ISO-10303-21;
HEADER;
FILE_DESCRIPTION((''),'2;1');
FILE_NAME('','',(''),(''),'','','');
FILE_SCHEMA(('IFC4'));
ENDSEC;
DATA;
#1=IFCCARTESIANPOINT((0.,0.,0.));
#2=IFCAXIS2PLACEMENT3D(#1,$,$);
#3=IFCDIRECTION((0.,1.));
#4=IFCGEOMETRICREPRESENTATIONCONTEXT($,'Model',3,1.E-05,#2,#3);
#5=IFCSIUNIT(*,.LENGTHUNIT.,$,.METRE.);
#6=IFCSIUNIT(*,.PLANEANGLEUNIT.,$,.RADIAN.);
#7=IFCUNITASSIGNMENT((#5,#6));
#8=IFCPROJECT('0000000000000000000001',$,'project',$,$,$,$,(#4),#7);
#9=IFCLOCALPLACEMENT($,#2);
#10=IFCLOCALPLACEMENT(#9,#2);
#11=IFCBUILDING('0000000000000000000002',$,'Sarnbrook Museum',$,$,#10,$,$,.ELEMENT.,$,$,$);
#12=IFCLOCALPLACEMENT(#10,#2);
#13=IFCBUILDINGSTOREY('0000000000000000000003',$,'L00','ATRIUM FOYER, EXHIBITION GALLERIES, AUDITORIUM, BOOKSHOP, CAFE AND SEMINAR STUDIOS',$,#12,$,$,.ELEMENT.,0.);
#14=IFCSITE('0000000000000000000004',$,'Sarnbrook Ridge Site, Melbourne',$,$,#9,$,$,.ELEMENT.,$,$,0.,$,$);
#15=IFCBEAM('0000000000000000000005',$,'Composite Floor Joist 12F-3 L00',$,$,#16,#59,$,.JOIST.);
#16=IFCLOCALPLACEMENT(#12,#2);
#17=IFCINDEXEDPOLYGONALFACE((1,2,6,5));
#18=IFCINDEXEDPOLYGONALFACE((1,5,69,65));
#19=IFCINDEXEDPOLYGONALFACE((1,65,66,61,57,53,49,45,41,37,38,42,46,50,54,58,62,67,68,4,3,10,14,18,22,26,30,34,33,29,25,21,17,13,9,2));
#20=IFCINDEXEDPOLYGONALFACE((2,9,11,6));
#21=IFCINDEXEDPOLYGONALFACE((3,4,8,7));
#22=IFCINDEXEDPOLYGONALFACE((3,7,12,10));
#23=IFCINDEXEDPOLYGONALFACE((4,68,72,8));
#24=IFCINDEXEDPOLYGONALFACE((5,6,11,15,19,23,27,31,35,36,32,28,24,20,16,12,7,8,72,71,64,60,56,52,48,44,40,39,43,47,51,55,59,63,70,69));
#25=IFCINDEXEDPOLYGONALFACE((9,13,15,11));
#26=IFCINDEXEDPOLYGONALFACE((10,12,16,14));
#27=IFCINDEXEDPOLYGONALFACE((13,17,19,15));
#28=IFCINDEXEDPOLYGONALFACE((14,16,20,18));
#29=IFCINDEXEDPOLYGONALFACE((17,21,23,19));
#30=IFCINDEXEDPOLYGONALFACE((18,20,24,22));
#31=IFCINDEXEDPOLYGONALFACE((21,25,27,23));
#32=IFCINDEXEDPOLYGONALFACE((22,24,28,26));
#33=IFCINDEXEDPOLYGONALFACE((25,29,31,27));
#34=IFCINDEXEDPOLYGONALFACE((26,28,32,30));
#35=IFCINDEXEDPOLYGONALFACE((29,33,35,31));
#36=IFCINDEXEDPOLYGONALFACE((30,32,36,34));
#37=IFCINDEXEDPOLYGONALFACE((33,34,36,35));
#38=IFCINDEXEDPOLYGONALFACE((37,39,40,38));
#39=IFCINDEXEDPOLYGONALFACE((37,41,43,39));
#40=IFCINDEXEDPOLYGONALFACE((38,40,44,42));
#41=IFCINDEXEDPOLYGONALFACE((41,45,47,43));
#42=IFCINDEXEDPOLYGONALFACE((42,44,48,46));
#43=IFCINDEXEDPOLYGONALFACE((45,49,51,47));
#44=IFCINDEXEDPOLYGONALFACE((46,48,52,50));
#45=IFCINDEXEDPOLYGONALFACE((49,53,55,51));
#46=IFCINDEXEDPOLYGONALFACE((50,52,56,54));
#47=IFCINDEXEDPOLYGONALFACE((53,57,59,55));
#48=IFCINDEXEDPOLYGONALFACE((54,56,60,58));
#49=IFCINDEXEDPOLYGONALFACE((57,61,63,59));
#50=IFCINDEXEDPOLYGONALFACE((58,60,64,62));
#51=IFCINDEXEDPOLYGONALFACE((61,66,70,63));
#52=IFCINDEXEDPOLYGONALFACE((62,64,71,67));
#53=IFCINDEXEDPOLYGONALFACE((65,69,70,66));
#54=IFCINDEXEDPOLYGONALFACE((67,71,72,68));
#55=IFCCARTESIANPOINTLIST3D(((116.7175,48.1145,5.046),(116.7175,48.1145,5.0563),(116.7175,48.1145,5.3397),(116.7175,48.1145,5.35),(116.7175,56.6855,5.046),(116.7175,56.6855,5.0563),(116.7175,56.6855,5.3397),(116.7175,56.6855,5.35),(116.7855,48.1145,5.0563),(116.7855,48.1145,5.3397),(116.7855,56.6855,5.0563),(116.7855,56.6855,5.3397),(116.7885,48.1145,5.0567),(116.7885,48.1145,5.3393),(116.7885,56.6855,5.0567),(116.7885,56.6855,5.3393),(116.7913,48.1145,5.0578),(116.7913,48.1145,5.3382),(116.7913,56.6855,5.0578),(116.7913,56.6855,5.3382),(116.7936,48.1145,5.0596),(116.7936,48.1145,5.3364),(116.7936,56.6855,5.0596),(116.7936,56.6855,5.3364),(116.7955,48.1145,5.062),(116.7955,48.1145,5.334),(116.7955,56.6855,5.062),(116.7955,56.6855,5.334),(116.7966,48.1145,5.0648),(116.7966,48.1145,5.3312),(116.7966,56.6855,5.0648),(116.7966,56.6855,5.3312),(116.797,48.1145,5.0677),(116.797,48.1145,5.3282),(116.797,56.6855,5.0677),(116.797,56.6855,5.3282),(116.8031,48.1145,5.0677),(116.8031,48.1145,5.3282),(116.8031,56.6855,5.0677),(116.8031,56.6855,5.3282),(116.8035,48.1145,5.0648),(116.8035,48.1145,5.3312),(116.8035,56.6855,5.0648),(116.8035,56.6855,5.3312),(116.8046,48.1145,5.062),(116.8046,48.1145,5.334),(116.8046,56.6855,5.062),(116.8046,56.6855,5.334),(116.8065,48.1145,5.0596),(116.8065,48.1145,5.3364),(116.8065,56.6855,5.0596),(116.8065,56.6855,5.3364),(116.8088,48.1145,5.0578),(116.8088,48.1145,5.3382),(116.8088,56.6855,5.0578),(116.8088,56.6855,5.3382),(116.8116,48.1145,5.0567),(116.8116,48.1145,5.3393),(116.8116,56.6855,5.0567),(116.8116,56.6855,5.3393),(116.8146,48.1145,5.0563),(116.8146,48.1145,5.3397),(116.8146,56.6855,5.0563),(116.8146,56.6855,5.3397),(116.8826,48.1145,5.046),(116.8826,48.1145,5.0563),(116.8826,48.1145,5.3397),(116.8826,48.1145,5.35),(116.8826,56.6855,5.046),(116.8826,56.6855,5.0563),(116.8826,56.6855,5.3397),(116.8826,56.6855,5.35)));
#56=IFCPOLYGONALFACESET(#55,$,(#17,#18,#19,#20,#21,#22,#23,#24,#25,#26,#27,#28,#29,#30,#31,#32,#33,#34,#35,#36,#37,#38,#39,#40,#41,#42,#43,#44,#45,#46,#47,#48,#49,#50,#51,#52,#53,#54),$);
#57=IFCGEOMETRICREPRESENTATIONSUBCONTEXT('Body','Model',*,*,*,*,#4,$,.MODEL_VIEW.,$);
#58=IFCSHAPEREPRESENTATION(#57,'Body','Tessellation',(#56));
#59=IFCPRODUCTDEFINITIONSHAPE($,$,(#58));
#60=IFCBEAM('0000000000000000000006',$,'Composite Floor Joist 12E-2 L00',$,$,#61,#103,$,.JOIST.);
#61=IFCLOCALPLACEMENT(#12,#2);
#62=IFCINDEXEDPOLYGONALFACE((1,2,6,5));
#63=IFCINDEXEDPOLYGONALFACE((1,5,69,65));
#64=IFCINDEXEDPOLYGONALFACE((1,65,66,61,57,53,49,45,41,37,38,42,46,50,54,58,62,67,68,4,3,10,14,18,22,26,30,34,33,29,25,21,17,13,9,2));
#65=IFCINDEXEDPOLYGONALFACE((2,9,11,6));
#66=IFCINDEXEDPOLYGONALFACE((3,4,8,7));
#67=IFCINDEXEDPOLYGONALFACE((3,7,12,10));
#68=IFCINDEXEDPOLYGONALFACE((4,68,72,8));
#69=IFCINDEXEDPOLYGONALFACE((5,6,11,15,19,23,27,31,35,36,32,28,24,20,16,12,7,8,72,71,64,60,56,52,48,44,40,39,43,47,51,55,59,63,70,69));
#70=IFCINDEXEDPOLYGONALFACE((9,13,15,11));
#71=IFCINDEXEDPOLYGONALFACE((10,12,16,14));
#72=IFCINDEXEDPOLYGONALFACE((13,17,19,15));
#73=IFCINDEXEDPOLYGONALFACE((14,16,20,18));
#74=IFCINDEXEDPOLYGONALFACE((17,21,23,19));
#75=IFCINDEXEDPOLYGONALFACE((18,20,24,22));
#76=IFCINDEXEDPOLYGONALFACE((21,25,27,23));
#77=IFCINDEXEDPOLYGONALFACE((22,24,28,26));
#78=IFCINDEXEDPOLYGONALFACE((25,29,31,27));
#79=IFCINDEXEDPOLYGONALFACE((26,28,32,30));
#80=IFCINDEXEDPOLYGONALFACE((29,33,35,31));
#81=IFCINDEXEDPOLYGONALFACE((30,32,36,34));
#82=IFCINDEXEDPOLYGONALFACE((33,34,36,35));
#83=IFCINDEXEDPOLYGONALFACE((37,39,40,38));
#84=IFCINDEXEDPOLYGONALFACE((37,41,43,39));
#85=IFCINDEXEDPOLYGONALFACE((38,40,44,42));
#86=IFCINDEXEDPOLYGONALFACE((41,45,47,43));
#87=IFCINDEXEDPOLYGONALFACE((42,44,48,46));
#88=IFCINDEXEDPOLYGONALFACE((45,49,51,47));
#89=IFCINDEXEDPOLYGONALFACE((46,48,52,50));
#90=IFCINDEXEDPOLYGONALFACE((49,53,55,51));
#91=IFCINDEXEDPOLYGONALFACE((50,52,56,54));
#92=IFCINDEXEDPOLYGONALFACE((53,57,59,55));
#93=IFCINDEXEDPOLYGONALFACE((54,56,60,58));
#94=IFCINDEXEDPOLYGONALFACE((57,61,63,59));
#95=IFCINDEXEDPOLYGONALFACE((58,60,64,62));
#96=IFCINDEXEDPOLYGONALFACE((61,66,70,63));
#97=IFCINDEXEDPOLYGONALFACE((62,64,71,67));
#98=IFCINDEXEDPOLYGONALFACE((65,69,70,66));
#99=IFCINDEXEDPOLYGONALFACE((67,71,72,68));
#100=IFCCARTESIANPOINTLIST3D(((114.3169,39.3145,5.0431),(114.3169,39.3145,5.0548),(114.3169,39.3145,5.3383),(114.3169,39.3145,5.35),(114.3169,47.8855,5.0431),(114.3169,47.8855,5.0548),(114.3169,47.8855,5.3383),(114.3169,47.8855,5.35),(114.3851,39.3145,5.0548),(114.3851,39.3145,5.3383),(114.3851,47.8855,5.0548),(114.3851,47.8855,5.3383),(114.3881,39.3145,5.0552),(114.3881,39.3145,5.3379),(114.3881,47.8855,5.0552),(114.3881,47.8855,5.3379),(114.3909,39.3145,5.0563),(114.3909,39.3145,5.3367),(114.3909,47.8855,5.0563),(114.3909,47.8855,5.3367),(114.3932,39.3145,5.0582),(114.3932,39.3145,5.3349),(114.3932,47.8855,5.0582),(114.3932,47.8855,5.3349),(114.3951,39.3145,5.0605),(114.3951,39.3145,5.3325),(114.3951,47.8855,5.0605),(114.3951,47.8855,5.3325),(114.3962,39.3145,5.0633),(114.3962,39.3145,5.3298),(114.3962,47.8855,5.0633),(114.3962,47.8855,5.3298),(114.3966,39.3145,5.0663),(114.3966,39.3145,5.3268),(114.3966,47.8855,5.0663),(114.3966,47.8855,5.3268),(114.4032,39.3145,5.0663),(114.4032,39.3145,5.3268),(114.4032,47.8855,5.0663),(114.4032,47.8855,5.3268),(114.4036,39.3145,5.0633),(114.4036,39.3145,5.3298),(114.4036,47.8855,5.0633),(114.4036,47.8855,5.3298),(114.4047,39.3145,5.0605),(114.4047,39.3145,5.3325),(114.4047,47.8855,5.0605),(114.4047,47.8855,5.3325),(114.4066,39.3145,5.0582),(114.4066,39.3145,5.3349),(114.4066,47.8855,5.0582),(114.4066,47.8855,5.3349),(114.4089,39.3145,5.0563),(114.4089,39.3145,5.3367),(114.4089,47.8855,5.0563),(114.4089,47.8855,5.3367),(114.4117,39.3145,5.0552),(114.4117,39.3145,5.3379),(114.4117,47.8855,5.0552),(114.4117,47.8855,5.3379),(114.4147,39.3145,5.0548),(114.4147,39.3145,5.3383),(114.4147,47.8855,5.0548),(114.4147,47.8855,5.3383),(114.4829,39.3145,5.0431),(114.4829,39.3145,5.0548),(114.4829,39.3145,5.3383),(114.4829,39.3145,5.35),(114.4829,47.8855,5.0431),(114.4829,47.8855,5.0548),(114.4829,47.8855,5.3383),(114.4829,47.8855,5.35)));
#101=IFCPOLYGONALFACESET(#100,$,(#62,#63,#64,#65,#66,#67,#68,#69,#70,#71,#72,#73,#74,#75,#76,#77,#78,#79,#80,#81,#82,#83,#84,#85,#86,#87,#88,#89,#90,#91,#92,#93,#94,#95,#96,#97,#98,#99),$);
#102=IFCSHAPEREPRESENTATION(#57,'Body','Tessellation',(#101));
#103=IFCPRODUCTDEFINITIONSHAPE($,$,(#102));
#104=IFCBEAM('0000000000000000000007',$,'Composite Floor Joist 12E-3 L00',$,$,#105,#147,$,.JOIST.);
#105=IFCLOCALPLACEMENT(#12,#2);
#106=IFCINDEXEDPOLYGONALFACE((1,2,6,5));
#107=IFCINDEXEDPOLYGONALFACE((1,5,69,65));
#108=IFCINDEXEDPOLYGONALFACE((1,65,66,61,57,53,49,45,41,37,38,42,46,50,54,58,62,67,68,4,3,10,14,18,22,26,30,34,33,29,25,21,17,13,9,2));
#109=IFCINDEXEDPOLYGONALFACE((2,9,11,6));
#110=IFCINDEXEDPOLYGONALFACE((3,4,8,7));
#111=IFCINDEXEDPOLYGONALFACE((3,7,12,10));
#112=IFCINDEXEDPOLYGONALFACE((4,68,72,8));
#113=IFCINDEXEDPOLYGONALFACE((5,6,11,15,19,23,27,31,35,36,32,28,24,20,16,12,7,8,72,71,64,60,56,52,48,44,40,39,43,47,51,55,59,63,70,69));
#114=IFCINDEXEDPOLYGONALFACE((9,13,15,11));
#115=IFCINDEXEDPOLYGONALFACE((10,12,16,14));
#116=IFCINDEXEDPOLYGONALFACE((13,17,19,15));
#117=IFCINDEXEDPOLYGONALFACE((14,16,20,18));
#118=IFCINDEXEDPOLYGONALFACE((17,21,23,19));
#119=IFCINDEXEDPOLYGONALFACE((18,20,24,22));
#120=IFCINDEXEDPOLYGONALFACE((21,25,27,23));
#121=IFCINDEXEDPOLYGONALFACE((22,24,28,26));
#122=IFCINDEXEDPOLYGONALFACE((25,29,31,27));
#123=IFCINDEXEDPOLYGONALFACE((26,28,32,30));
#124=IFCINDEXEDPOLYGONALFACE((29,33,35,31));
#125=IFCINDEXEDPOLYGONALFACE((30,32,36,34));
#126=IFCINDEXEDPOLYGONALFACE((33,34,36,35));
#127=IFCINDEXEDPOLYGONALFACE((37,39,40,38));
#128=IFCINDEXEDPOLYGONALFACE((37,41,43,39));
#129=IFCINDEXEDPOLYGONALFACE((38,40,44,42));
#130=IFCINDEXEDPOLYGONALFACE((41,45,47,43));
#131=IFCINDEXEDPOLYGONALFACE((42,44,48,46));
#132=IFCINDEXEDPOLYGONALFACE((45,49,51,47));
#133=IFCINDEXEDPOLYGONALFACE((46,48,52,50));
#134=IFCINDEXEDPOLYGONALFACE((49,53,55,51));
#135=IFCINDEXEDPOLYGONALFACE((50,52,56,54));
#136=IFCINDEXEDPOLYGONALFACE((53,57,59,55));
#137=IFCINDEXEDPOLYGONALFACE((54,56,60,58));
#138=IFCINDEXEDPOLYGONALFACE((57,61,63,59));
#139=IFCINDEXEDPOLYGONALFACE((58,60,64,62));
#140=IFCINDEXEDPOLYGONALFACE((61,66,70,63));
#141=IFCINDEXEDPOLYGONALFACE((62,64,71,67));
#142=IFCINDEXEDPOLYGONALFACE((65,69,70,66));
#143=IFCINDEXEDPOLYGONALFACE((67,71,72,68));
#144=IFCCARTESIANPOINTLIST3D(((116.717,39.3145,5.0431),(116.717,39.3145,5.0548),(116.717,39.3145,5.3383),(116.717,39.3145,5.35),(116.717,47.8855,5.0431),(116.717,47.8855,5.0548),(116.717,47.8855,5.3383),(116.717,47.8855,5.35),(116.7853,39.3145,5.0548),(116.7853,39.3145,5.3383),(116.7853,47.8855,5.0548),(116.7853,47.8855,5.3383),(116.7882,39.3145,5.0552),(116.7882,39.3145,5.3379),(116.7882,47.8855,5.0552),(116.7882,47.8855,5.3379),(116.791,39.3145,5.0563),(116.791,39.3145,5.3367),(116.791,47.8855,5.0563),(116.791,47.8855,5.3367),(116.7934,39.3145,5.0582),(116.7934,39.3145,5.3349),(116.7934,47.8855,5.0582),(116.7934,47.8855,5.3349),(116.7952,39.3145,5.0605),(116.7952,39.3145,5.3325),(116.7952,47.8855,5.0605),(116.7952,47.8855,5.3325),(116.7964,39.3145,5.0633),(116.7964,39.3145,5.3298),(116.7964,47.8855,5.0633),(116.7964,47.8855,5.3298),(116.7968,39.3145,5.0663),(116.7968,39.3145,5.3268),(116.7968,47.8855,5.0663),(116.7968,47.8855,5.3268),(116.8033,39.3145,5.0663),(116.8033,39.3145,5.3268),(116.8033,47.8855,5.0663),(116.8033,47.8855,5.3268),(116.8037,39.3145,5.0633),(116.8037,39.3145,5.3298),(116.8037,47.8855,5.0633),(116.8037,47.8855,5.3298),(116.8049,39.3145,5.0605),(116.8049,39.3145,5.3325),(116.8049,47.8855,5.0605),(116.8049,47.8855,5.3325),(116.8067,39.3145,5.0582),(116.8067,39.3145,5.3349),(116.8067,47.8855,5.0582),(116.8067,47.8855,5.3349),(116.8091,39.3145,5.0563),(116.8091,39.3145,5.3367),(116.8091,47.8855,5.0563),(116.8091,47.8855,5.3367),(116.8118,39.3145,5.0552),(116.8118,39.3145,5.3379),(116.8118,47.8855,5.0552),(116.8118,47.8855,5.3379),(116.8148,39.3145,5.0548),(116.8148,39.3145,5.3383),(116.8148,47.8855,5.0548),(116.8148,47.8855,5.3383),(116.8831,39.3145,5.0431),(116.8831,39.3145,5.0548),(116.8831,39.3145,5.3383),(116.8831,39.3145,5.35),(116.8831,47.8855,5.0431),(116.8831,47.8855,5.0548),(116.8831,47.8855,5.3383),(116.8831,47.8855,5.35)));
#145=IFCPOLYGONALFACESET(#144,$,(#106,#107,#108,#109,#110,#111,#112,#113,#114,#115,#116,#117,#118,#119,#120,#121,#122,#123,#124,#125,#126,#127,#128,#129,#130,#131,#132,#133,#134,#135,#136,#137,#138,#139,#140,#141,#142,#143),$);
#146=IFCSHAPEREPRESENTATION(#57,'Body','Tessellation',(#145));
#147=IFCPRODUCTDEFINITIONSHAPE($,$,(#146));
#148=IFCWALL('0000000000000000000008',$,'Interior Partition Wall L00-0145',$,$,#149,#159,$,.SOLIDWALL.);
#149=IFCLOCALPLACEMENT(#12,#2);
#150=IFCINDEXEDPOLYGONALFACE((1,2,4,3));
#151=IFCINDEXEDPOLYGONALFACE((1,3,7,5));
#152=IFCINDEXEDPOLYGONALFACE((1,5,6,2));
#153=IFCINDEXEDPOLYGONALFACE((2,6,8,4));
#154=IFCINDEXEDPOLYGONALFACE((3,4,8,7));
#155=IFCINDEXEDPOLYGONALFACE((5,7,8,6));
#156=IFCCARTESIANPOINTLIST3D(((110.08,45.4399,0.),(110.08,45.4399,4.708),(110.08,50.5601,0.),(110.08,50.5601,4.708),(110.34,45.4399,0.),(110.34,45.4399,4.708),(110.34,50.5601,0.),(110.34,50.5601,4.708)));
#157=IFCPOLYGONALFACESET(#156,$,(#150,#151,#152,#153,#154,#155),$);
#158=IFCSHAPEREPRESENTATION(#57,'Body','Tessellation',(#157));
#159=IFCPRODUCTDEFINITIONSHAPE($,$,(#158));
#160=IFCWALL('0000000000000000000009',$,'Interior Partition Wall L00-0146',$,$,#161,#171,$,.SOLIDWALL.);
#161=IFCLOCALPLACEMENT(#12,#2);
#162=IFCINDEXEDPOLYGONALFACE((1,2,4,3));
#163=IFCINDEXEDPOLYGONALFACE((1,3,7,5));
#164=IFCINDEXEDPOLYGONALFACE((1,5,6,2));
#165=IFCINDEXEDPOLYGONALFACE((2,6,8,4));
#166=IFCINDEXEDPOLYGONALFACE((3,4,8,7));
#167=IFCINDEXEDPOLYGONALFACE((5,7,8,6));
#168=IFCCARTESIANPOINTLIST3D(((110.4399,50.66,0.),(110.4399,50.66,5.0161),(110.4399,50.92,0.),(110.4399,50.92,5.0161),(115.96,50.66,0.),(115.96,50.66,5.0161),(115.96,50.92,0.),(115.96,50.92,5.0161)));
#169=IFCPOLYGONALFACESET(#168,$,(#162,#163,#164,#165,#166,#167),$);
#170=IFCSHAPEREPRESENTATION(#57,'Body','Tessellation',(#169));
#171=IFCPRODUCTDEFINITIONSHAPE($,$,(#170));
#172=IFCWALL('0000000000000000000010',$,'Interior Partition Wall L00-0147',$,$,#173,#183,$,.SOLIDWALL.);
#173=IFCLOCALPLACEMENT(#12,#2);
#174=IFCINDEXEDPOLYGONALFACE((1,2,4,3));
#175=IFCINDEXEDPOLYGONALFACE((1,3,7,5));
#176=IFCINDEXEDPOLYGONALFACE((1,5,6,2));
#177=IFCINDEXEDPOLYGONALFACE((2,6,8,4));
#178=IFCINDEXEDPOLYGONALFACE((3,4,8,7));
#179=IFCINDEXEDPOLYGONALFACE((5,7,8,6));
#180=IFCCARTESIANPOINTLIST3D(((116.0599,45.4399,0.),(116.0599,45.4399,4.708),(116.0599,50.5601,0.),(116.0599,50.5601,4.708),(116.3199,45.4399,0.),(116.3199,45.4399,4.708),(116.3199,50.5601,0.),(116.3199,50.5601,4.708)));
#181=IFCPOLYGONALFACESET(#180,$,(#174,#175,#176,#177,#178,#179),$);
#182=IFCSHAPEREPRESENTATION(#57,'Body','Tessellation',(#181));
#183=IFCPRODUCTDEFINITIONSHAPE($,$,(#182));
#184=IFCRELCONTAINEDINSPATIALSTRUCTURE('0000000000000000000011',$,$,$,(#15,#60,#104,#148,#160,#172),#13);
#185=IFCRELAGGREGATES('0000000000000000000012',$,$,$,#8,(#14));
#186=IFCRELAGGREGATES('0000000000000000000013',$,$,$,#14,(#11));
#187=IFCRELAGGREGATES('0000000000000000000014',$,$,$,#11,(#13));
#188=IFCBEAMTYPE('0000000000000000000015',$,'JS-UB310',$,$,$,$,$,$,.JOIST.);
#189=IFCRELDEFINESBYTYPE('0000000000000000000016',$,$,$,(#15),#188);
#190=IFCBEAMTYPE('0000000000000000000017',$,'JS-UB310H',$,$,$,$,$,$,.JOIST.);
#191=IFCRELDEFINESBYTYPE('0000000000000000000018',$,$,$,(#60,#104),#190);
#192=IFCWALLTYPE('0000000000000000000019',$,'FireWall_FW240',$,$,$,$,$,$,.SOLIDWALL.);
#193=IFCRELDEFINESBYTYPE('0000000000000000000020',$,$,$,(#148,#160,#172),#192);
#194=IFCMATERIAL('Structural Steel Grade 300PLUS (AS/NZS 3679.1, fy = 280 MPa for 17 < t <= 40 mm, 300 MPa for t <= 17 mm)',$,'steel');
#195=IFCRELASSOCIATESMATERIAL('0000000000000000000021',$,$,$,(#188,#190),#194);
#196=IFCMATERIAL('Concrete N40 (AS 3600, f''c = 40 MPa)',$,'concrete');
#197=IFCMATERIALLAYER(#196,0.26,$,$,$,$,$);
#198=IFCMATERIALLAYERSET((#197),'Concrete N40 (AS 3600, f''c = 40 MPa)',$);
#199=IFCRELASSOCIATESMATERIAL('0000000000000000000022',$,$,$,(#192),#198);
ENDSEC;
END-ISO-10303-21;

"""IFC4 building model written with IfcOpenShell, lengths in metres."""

from ifc_helpers import new_model, si_unit, direction, frame, frame_2d, origin, origin_2d, place, context, subcontext, project, spatial, rectangle, i_section, extrude, material, layer, layer_set, material_profile, profile_set, type_object, element, save


model = new_model("IFC4")

# Units and contexts
model_context = context("Model", 3, precision=1e-05, world=origin(), true_north=direction((0.0, 1.0)))
body_context = subcontext(model_context, "Body", "Model", "MODEL_VIEW")
ifc_project = project(units=[si_unit("LENGTHUNIT", "METRE"), si_unit("PLANEANGLEUNIT", "RADIAN")], contexts=[model_context])

# Site, building, storey
site_placement = place(None, origin())
site = spatial("IfcSite", under=ifc_project, at=site_placement, Name="Sarnbrook Ridge Site, Melbourne", CompositionType="ELEMENT", RefElevation=0.0)
building_placement = place(site_placement, origin())
building = spatial("IfcBuilding", under=site, at=building_placement, Name="Sarnbrook Museum", CompositionType="ELEMENT")
storey_placement = place(building_placement, origin())
storey = spatial("IfcBuildingStorey", under=building, at=storey_placement, Name="L00", Description="ATRIUM FOYER, EXHIBITION GALLERIES, AUDITORIUM, BOOKSHOP, CAFE AND SEMINAR STUDIOS", CompositionType="ELEMENT", Elevation=0.0)

# Shared definitions
ifc_material_1 = material(Name="Structural Steel Grade 300PLUS (AS/NZS 3679.1, fy = 280 MPa for 17 < t <= 40 mm, 300 MPa for t <= 17 mm)", Category="steel")

# Beams
ifc_material_profile_1 = material_profile(ifc_material_1, i_section(OverallWidth=0.165, OverallDepth=0.304, WebThickness=0.0061, FlangeThickness=0.0103, FilletRadius=0.0115, at=origin_2d()), Name="310UB40.4")
ifc_profile_set_1 = profile_set([ifc_material_profile_1], Name="Structural Steel Grade 300PLUS (AS/NZS 3679.1, fy = 280 MPa for 17 < t <= 40 mm, 300 MPa for t <= 17 mm)")
beam_type_1 = type_object("IfcBeamType", Name="JS-UB310", PredefinedType="JOIST", material=ifc_profile_set_1)
for number, where, z_axis, x_axis, name in (
    (1, (116.8, 48.1145, 5.198), (0.0, 1.0, 0.0), (-1.0, 0.0, 0.0), "Composite Floor Joist 12F-3 L00"),
):
    element("IfcBeam", number, at=place(storey_placement, frame(where, z_axis=z_axis, x_axis=x_axis)), inside=storey, type_object=beam_type_1, Name=name, PredefinedType="JOIST", context=body_context, shape_type="SweptSolid", body=[
        extrude(i_section(OverallWidth=0.165, OverallDepth=0.304, WebThickness=0.0061, FlangeThickness=0.0103, FilletRadius=0.0115, at=origin_2d()), origin(), (0.0, 0.0, 1.0), 8.571),
    ])
ifc_material_profile_2 = material_profile(ifc_material_1, i_section(OverallWidth=0.166, OverallDepth=0.3069, WebThickness=0.0066, FlangeThickness=0.0117, FilletRadius=0.0115, at=origin_2d()), Name="310UB46.2")
ifc_profile_set_2 = profile_set([ifc_material_profile_2], Name="Structural Steel Grade 300PLUS (AS/NZS 3679.1, fy = 280 MPa for 17 < t <= 40 mm, 300 MPa for t <= 17 mm)")
beam_type_2 = type_object("IfcBeamType", Name="JS-UB310H", PredefinedType="JOIST", material=ifc_profile_set_2)
for number, where, z_axis, x_axis, name in (
    (2, (114.3999, 39.3145, 5.1965), (0.0, 1.0, 0.0), (-1.0, 0.0, 0.0), "Composite Floor Joist 12E-2 L00"),
    (3, (116.8, 39.3145, 5.1965), (0.0, 1.0, 0.0), (-1.0, 0.0, 0.0), "Composite Floor Joist 12E-3 L00"),
):
    element("IfcBeam", number, at=place(storey_placement, frame(where, z_axis=z_axis, x_axis=x_axis)), inside=storey, type_object=beam_type_2, Name=name, PredefinedType="JOIST", context=body_context, shape_type="SweptSolid", body=[
        extrude(i_section(OverallWidth=0.166, OverallDepth=0.3069, WebThickness=0.0066, FlangeThickness=0.0117, FilletRadius=0.0115, at=origin_2d()), origin(), (0.0, 0.0, 1.0), 8.571),
    ])

# Shared definitions
ifc_material_2 = material(Name="Concrete N40 (AS 3600, f'c = 40 MPa)", Category="concrete")
ifc_layer_1 = layer(ifc_material_2, 0.26)
ifc_layer_set_1 = layer_set([ifc_layer_1], Name="Concrete N40 (AS 3600, f'c = 40 MPa)")
wall_type_1 = type_object("IfcWallType", Name="FireWall_FW240", PredefinedType="SOLIDWALL", material=ifc_layer_set_1)

# Walls
wall_1_placement = place(storey_placement, frame((110.21, 45.4399, 0.0), z_axis=(0.0, 0.0, 1.0), x_axis=(0.0, 1.0, 0.0)))
element("IfcWall", 4, at=wall_1_placement, inside=storey, type_object=wall_type_1, Name="Interior Partition Wall L00-0145", PredefinedType="SOLIDWALL", context=body_context, shape_type="SweptSolid", body=[
    extrude(rectangle(XDim=5.1201, YDim=0.26, at=frame_2d((2.5601, 0.0))), origin(), (0.0, 0.0, 1.0), 4.708),
])
wall_2_placement = place(storey_placement, frame((110.4399, 50.79, 0.0), z_axis=(0.0, 0.0, 1.0), x_axis=(1.0, 0.0, 0.0)))
element("IfcWall", 5, at=wall_2_placement, inside=storey, type_object=wall_type_1, Name="Interior Partition Wall L00-0146", PredefinedType="SOLIDWALL", context=body_context, shape_type="SweptSolid", body=[
    extrude(rectangle(XDim=5.52, YDim=0.26, at=frame_2d((2.76, 0.0))), origin(), (0.0, 0.0, 1.0), 5.0161),
])
wall_3_placement = place(storey_placement, frame((116.1899, 50.5601, 0.0), z_axis=(0.0, 0.0, 1.0), x_axis=(0.0, -1.0, 0.0)))
element("IfcWall", 6, at=wall_3_placement, inside=storey, type_object=wall_type_1, Name="Interior Partition Wall L00-0147", PredefinedType="SOLIDWALL", context=body_context, shape_type="SweptSolid", body=[
    extrude(rectangle(XDim=5.1201, YDim=0.26, at=frame_2d((2.5601, 0.0))), origin(), (0.0, 0.0, 1.0), 4.708),
])

save(model, "model.ifc")
